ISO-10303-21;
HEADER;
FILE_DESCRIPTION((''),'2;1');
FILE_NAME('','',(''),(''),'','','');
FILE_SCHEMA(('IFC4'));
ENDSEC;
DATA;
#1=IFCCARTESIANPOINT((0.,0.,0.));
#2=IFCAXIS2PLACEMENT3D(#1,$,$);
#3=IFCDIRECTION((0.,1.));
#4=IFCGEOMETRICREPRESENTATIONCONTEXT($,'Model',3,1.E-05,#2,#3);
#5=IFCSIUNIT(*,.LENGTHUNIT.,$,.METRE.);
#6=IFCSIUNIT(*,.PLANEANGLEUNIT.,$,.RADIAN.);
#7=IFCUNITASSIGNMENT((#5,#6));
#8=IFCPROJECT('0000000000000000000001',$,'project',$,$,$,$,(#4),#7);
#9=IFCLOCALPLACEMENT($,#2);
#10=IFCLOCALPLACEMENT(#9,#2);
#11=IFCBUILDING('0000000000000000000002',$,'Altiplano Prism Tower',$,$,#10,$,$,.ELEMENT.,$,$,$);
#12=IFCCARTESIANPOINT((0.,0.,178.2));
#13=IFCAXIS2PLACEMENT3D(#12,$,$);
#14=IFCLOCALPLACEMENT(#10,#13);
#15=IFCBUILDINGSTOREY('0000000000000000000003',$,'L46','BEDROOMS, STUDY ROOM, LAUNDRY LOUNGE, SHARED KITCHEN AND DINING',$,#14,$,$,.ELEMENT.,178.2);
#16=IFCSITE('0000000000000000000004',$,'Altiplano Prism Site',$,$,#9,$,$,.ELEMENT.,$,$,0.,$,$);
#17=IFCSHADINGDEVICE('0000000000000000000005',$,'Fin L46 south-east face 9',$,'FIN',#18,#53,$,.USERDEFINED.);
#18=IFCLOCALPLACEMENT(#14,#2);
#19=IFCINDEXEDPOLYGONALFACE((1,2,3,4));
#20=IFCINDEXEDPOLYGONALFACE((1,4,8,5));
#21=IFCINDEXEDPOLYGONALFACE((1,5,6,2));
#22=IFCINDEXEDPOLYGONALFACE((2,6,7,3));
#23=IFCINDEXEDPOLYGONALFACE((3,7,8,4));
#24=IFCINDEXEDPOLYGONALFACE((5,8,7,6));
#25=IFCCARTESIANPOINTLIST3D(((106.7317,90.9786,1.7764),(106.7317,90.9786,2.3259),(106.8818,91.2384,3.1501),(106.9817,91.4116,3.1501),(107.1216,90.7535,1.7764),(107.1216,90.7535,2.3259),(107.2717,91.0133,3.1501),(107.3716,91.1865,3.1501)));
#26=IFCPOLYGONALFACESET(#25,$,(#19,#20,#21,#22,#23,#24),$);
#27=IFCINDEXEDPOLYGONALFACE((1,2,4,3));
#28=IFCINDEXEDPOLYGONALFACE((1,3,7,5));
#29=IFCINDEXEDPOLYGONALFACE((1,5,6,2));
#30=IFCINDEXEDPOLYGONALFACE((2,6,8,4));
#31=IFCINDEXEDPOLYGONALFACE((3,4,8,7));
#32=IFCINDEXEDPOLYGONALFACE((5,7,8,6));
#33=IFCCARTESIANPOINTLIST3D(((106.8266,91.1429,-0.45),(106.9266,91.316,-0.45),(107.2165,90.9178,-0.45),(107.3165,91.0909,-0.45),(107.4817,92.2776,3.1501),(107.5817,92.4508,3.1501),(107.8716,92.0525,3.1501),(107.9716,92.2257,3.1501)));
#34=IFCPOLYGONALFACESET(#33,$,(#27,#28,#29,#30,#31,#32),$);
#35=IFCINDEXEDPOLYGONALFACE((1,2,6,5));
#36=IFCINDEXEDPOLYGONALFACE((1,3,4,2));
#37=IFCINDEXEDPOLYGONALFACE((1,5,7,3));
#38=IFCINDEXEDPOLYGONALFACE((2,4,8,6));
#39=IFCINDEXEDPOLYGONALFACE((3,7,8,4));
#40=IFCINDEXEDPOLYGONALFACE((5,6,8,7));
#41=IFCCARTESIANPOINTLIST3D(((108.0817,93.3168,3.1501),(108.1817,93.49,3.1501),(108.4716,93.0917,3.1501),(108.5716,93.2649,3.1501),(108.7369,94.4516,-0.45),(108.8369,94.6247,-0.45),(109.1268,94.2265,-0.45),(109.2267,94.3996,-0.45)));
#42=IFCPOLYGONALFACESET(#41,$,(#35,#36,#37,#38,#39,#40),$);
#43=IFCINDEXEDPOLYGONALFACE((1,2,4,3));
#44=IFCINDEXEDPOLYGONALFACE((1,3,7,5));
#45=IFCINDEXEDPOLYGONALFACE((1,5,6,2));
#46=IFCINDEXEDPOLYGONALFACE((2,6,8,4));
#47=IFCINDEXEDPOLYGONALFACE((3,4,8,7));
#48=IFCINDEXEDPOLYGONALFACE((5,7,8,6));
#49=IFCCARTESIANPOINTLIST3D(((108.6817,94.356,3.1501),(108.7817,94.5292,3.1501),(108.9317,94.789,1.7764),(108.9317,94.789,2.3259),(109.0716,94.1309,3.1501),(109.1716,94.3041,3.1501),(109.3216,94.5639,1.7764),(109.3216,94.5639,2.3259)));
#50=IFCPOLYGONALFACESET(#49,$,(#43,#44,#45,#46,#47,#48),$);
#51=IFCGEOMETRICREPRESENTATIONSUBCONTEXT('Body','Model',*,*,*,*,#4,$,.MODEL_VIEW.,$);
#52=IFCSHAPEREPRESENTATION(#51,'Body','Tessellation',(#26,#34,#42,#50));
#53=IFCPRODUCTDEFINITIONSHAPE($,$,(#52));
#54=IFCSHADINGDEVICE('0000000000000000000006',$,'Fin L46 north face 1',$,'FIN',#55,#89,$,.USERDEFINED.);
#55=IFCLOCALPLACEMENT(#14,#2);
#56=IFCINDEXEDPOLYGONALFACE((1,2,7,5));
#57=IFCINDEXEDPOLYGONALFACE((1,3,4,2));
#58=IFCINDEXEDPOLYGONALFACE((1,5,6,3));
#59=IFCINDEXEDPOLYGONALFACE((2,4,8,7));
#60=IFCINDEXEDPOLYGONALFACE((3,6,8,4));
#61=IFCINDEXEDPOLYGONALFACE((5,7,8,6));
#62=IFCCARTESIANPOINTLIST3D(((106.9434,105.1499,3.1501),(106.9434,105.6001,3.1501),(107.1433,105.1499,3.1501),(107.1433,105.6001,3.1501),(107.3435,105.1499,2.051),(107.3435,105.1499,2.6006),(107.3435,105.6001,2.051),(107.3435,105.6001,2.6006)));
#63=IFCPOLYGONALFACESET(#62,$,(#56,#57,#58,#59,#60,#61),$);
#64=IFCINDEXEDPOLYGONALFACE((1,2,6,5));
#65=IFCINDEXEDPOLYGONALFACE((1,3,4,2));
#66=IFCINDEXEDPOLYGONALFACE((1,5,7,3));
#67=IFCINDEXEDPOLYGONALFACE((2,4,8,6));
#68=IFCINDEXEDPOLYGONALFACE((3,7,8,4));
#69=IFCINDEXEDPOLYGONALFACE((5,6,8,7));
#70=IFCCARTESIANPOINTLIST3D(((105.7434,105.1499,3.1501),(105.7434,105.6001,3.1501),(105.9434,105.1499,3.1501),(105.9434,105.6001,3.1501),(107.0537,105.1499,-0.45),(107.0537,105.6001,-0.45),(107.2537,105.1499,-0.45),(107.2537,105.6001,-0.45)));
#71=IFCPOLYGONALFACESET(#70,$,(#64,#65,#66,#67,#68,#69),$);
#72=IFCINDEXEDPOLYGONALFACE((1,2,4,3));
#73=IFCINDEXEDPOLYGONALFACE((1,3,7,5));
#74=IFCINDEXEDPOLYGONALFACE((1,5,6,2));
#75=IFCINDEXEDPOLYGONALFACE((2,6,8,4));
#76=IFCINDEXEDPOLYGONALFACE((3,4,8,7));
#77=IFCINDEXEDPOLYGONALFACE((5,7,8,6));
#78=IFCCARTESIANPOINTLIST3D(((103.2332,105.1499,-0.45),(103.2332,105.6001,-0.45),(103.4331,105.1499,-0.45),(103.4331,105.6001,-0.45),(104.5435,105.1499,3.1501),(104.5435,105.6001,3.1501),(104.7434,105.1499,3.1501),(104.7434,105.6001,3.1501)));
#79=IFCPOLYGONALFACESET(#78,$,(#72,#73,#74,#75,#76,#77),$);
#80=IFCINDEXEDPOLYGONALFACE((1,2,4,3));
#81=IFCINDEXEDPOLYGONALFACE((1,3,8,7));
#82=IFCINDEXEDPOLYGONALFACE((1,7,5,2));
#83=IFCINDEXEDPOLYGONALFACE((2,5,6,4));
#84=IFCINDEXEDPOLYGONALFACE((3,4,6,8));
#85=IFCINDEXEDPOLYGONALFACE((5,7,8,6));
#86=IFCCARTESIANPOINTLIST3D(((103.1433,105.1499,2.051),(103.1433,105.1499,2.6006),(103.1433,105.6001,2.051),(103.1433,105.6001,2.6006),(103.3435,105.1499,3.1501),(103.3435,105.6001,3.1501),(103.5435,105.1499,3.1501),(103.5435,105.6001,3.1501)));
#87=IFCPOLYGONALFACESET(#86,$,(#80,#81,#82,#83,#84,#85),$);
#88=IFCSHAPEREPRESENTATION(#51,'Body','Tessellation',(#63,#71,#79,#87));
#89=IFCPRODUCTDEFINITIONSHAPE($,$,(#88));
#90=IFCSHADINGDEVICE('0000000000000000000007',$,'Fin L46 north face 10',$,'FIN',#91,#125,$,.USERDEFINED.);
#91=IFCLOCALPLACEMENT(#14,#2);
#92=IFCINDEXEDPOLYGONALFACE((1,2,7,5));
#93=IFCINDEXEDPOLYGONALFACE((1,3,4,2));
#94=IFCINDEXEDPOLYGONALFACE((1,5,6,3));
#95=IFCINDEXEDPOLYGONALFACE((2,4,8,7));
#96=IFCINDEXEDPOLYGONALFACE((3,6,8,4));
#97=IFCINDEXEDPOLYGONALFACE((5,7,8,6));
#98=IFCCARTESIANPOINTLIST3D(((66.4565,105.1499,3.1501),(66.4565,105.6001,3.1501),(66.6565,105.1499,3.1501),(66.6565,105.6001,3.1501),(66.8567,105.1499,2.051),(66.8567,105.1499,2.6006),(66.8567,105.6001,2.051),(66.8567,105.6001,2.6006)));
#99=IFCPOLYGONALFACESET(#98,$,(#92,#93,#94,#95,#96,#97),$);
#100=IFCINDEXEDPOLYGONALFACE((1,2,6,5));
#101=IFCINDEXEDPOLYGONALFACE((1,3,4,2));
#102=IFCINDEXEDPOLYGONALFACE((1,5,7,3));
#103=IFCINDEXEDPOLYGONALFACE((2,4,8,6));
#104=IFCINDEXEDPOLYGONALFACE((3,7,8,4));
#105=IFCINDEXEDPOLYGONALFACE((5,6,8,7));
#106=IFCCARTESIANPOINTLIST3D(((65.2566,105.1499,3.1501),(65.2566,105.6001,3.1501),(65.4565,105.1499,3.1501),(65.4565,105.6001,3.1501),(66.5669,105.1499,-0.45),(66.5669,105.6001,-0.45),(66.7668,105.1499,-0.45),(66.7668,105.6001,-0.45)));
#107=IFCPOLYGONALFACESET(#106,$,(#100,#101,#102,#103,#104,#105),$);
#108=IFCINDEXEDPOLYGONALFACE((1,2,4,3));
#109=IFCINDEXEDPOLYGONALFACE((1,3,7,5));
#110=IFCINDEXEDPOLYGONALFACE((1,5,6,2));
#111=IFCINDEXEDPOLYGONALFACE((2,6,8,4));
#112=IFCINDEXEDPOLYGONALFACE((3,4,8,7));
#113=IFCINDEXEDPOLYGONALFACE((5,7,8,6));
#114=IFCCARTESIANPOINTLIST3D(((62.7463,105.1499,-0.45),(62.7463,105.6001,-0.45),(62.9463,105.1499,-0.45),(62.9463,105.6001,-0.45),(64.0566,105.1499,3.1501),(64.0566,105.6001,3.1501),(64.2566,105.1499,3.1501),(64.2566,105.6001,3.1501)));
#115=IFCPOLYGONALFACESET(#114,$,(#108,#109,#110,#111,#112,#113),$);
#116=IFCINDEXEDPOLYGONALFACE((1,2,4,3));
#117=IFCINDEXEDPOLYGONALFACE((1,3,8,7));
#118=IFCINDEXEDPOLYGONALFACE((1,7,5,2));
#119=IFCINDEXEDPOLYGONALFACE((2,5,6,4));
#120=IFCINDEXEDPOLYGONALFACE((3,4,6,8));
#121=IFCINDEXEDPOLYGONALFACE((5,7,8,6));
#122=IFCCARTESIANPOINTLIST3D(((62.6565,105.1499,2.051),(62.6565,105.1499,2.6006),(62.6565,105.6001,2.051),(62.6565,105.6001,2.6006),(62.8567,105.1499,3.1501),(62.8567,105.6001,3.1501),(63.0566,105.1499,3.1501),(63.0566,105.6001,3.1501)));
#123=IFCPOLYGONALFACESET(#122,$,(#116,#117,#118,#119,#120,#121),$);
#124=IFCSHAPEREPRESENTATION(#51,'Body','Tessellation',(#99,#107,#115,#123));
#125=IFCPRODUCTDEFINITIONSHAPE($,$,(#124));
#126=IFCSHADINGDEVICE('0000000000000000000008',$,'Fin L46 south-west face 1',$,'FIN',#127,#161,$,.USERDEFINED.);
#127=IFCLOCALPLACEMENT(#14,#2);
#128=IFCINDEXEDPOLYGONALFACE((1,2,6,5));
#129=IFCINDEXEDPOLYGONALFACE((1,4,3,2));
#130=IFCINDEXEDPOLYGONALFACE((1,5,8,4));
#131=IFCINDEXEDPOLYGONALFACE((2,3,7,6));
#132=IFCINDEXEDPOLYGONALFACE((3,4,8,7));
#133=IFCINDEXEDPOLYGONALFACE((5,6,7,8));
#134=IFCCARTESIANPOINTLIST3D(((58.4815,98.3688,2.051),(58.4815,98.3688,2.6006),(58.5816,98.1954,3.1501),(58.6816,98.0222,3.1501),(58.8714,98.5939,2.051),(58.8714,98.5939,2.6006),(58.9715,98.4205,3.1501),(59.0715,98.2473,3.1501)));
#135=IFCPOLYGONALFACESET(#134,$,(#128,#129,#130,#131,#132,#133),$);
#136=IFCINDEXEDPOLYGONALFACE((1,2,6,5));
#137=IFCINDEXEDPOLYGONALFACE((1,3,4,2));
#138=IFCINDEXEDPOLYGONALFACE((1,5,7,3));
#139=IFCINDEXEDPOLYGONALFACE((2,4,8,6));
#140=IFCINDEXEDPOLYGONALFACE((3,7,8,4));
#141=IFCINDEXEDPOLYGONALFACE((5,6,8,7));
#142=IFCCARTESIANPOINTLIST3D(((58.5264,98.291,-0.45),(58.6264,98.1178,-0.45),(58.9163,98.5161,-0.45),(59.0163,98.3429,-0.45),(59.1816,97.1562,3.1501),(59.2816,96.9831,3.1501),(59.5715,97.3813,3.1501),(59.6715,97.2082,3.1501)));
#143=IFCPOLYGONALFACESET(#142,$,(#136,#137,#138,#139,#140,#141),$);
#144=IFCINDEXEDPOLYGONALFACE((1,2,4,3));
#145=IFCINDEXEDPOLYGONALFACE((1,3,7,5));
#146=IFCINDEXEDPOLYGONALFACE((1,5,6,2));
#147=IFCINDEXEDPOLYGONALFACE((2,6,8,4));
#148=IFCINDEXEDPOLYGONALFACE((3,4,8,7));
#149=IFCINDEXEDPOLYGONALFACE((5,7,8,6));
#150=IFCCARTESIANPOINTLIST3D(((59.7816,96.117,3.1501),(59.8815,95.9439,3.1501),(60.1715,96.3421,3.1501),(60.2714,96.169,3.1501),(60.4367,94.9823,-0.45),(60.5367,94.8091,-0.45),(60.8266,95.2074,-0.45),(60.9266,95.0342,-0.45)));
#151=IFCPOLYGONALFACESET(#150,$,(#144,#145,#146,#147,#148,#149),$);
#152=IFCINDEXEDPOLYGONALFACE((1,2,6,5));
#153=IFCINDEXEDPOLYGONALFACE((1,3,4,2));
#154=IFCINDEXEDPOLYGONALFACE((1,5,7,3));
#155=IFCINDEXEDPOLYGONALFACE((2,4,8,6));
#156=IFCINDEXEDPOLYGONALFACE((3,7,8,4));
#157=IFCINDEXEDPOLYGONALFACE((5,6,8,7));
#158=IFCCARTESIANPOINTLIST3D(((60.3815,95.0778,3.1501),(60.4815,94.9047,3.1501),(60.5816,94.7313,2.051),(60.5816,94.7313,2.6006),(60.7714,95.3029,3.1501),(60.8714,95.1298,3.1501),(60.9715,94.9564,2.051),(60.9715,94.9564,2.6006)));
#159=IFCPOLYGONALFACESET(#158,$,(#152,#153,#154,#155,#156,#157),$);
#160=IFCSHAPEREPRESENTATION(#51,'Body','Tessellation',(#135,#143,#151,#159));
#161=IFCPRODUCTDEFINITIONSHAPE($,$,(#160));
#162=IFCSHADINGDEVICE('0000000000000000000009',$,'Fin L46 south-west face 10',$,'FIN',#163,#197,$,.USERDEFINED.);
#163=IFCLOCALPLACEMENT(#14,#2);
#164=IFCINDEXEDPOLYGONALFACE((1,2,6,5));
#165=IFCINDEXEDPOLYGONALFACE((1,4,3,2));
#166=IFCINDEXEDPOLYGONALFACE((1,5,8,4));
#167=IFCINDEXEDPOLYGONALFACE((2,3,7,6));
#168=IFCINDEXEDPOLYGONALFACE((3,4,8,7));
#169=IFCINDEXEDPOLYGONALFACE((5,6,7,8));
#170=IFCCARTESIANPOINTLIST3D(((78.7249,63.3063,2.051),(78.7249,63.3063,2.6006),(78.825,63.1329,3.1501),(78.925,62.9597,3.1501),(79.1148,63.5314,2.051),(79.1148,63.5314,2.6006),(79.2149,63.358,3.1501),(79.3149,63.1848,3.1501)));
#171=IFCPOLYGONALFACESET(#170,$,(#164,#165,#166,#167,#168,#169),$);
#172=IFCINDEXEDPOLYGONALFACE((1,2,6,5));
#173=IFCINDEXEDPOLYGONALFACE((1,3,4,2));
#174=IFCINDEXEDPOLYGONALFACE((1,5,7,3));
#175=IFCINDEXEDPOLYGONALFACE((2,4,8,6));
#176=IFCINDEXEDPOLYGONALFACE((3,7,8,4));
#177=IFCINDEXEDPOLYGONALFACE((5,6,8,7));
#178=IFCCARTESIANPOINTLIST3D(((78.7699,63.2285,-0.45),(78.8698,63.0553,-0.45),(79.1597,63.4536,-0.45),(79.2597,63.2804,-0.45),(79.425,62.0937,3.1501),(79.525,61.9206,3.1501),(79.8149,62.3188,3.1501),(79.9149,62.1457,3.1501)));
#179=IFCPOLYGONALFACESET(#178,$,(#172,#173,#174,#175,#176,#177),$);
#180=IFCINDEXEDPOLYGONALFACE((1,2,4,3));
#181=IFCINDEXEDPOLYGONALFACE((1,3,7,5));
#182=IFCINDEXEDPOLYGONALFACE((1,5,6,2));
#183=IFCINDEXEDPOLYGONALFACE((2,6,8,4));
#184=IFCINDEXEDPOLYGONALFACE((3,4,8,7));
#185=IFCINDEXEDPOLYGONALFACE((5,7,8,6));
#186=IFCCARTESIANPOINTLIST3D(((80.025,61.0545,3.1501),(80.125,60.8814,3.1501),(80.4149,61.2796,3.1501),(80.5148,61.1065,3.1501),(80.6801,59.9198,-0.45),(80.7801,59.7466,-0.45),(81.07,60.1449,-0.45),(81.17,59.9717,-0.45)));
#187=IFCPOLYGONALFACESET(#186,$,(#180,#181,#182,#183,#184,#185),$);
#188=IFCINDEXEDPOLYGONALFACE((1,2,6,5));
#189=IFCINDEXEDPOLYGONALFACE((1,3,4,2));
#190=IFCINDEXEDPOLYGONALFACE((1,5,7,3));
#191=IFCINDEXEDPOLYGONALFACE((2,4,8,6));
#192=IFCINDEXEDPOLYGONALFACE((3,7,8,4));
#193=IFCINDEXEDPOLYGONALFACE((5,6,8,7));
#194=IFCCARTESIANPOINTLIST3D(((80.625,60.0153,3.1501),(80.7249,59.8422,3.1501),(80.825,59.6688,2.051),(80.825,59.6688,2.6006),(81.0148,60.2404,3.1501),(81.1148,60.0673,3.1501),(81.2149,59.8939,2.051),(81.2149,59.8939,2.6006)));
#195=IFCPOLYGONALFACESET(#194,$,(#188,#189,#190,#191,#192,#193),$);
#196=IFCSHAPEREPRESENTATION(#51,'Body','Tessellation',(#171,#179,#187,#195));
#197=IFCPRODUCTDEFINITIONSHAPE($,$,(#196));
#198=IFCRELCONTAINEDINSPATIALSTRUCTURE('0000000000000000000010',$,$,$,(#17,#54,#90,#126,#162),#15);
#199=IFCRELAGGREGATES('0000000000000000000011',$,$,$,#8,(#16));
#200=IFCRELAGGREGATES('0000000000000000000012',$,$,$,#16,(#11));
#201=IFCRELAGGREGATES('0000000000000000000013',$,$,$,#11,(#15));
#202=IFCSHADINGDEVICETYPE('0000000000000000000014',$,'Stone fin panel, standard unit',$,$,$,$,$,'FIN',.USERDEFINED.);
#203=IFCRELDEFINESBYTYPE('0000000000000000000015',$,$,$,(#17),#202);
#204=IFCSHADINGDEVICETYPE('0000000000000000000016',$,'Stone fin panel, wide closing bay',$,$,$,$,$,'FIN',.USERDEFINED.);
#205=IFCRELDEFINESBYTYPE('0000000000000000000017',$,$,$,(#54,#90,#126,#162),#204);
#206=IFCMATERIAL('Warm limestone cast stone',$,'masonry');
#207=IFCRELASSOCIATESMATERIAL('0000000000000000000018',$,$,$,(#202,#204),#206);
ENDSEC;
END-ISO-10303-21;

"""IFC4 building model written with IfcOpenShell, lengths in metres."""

from ifc_helpers import new_model, si_unit, direction, frame, origin, place, context, subcontext, project, spatial, polyline, outline, extrude, source, transform, mapped, material, type_object, element, save


model = new_model("IFC4")

# Units and contexts
model_context = context("Model", 3, precision=1e-05, world=origin(), true_north=direction((0.0, 1.0)))
body_context = subcontext(model_context, "Body", "Model", "MODEL_VIEW")
ifc_project = project(units=[si_unit("LENGTHUNIT", "METRE"), si_unit("PLANEANGLEUNIT", "RADIAN")], contexts=[model_context])

# Site, building, storey
site_placement = place(None, origin())
site = spatial("IfcSite", under=ifc_project, at=site_placement, Name="Altiplano Prism Site", CompositionType="ELEMENT", RefElevation=0.0)
building_placement = place(site_placement, origin())
building = spatial("IfcBuilding", under=site, at=building_placement, Name="Altiplano Prism Tower", CompositionType="ELEMENT")
storey_placement = place(building_placement, frame((0.0, 0.0, 178.2)))
storey = spatial("IfcBuildingStorey", under=building, at=storey_placement, Name="L46", Description="BEDROOMS, STUDY ROOM, LAUNDRY LOUNGE, SHARED KITCHEN AND DINING", CompositionType="ELEMENT", Elevation=178.2)

# Shading devices
ifc_material_1 = material(Name="Warm limestone cast stone", Category="masonry")
shading_device_type_1 = type_object("IfcShadingDeviceType", Name="Stone fin panel, standard unit", ElementType="FIN", PredefinedType="USERDEFINED", material=ifc_material_1)
shared_shape_1 = source(origin(), body_context, "Body", "SweptSolid", [
    extrude(outline(polyline([(-2.2, 2.2263), (-1.7, 3.6001), (-1.8999, 3.6001), (-2.2, 2.7759), (-2.2, 2.2263)])), frame((0.0, -0.1499, 0.0), z_axis=(0.0, -1.0, 0.0), x_axis=(1.0, 0.0, 0.0)), (0.0, 0.0, 1.0), 0.4502),
    extrude(outline(polyline([(-2.0103, 0.0), (-1.8103, 0.0), (-0.5, 3.6001), (-0.7, 3.6001), (-2.0103, 0.0)])), frame((0.0, -0.1499, 0.0), z_axis=(0.0, -1.0, 0.0), x_axis=(1.0, 0.0, 0.0)), (0.0, 0.0, 1.0), 0.4502),
    extrude(outline(polyline([(1.8103, 0.0), (2.0103, 0.0), (0.7, 3.6001), (0.5, 3.6001), (1.8103, 0.0)])), frame((0.0, -0.1499, 0.0), z_axis=(0.0, -1.0, 0.0), x_axis=(1.0, 0.0, 0.0)), (0.0, 0.0, 1.0), 0.4502),
    extrude(outline(polyline([(2.2, 2.7759), (1.8999, 3.6001), (1.7, 3.6001), (2.2, 2.2263), (2.2, 2.7759)])), frame((0.0, -0.1499, 0.0), z_axis=(0.0, -1.0, 0.0), x_axis=(1.0, 0.0, 0.0)), (0.0, 0.0, 1.0), 0.4502),
])
shading_device_1_placement = place(storey_placement, origin())
element("IfcShadingDevice", 1, at=shading_device_1_placement, inside=storey, type_object=shading_device_type_1, Name="Fin L46 south-east face 9", ObjectType="FIN", PredefinedType="USERDEFINED", context=body_context, shape_type="MappedRepresentation", body=[
    mapped(shared_shape_1, transform((107.7019, 92.9587, -0.45), x_axis=(0.5, 0.866025, 0.0), y_axis=(-0.866025, 0.5, 0.0), z_axis=(0.0, 0.0, 1.0))),
])
shading_device_type_2 = type_object("IfcShadingDeviceType", Name="Stone fin panel, wide closing bay", ElementType="FIN", PredefinedType="USERDEFINED", material=ifc_material_1)
shared_shape_2 = source(origin(), body_context, "Body", "SweptSolid", [
    extrude(outline(polyline([(-2.1001, 2.501), (-1.7, 3.6001), (-1.8999, 3.6001), (-2.1001, 3.0505), (-2.1001, 2.501)])), frame((0.0, -0.1499, 0.0), z_axis=(0.0, -1.0, 0.0), x_axis=(1.0, 0.0, 0.0)), (0.0, 0.0, 1.0), 0.4502),
    extrude(outline(polyline([(-2.0103, 0.0), (-1.8103, 0.0), (-0.5, 3.6001), (-0.7, 3.6001), (-2.0103, 0.0)])), frame((0.0, -0.1499, 0.0), z_axis=(0.0, -1.0, 0.0), x_axis=(1.0, 0.0, 0.0)), (0.0, 0.0, 1.0), 0.4502),
    extrude(outline(polyline([(1.8103, 0.0), (2.0103, 0.0), (0.7, 3.6001), (0.5, 3.6001), (1.8103, 0.0)])), frame((0.0, -0.1499, 0.0), z_axis=(0.0, -1.0, 0.0), x_axis=(1.0, 0.0, 0.0)), (0.0, 0.0, 1.0), 0.4502),
    extrude(outline(polyline([(2.1001, 3.0505), (1.8999, 3.6001), (1.7, 3.6001), (2.1001, 2.501), (2.1001, 3.0505)])), frame((0.0, -0.1499, 0.0), z_axis=(0.0, -1.0, 0.0), x_axis=(1.0, 0.0, 0.0)), (0.0, 0.0, 1.0), 0.4502),
])
shading_device_2_placement = place(storey_placement, origin())
element("IfcShadingDevice", 2, at=shading_device_2_placement, inside=storey, type_object=shading_device_type_2, Name="Fin L46 north face 1", ObjectType="FIN", PredefinedType="USERDEFINED", context=body_context, shape_type="MappedRepresentation", body=[
    mapped(shared_shape_2, transform((105.2434, 105.0, -0.45), x_axis=(-1.0, 0.0, 0.0), y_axis=(0.0, -1.0, 0.0), z_axis=(0.0, 0.0, 1.0))),
])
shading_device_3_placement = place(storey_placement, origin())
element("IfcShadingDevice", 3, at=shading_device_3_placement, inside=storey, type_object=shading_device_type_2, Name="Fin L46 north face 10", ObjectType="FIN", PredefinedType="USERDEFINED", context=body_context, shape_type="MappedRepresentation", body=[
    mapped(shared_shape_2, transform((64.7566, 105.0, -0.45), x_axis=(-1.0, 0.0, 0.0), y_axis=(0.0, -1.0, 0.0), z_axis=(0.0, 0.0, 1.0))),
])
shading_device_4_placement = place(storey_placement, origin())
element("IfcShadingDevice", 4, at=shading_device_4_placement, inside=storey, type_object=shading_device_type_2, Name="Fin L46 south-west face 1", ObjectType="FIN", PredefinedType="USERDEFINED", context=body_context, shape_type="MappedRepresentation", body=[
    mapped(shared_shape_2, transform((60.0513, 96.8501, -0.45), x_axis=(0.5, -0.866025, 0.0), y_axis=(0.866025, 0.5, 0.0), z_axis=(0.0, 0.0, 1.0))),
])
shading_device_5_placement = place(storey_placement, origin())
element("IfcShadingDevice", 5, at=shading_device_5_placement, inside=storey, type_object=shading_device_type_2, Name="Fin L46 south-west face 10", ObjectType="FIN", PredefinedType="USERDEFINED", context=body_context, shape_type="MappedRepresentation", body=[
    mapped(shared_shape_2, transform((80.2947, 61.7876, -0.45), x_axis=(0.5, -0.866025, 0.0), y_axis=(0.866025, 0.5, 0.0), z_axis=(0.0, 0.0, 1.0))),
])

save(model, "model.ifc")
